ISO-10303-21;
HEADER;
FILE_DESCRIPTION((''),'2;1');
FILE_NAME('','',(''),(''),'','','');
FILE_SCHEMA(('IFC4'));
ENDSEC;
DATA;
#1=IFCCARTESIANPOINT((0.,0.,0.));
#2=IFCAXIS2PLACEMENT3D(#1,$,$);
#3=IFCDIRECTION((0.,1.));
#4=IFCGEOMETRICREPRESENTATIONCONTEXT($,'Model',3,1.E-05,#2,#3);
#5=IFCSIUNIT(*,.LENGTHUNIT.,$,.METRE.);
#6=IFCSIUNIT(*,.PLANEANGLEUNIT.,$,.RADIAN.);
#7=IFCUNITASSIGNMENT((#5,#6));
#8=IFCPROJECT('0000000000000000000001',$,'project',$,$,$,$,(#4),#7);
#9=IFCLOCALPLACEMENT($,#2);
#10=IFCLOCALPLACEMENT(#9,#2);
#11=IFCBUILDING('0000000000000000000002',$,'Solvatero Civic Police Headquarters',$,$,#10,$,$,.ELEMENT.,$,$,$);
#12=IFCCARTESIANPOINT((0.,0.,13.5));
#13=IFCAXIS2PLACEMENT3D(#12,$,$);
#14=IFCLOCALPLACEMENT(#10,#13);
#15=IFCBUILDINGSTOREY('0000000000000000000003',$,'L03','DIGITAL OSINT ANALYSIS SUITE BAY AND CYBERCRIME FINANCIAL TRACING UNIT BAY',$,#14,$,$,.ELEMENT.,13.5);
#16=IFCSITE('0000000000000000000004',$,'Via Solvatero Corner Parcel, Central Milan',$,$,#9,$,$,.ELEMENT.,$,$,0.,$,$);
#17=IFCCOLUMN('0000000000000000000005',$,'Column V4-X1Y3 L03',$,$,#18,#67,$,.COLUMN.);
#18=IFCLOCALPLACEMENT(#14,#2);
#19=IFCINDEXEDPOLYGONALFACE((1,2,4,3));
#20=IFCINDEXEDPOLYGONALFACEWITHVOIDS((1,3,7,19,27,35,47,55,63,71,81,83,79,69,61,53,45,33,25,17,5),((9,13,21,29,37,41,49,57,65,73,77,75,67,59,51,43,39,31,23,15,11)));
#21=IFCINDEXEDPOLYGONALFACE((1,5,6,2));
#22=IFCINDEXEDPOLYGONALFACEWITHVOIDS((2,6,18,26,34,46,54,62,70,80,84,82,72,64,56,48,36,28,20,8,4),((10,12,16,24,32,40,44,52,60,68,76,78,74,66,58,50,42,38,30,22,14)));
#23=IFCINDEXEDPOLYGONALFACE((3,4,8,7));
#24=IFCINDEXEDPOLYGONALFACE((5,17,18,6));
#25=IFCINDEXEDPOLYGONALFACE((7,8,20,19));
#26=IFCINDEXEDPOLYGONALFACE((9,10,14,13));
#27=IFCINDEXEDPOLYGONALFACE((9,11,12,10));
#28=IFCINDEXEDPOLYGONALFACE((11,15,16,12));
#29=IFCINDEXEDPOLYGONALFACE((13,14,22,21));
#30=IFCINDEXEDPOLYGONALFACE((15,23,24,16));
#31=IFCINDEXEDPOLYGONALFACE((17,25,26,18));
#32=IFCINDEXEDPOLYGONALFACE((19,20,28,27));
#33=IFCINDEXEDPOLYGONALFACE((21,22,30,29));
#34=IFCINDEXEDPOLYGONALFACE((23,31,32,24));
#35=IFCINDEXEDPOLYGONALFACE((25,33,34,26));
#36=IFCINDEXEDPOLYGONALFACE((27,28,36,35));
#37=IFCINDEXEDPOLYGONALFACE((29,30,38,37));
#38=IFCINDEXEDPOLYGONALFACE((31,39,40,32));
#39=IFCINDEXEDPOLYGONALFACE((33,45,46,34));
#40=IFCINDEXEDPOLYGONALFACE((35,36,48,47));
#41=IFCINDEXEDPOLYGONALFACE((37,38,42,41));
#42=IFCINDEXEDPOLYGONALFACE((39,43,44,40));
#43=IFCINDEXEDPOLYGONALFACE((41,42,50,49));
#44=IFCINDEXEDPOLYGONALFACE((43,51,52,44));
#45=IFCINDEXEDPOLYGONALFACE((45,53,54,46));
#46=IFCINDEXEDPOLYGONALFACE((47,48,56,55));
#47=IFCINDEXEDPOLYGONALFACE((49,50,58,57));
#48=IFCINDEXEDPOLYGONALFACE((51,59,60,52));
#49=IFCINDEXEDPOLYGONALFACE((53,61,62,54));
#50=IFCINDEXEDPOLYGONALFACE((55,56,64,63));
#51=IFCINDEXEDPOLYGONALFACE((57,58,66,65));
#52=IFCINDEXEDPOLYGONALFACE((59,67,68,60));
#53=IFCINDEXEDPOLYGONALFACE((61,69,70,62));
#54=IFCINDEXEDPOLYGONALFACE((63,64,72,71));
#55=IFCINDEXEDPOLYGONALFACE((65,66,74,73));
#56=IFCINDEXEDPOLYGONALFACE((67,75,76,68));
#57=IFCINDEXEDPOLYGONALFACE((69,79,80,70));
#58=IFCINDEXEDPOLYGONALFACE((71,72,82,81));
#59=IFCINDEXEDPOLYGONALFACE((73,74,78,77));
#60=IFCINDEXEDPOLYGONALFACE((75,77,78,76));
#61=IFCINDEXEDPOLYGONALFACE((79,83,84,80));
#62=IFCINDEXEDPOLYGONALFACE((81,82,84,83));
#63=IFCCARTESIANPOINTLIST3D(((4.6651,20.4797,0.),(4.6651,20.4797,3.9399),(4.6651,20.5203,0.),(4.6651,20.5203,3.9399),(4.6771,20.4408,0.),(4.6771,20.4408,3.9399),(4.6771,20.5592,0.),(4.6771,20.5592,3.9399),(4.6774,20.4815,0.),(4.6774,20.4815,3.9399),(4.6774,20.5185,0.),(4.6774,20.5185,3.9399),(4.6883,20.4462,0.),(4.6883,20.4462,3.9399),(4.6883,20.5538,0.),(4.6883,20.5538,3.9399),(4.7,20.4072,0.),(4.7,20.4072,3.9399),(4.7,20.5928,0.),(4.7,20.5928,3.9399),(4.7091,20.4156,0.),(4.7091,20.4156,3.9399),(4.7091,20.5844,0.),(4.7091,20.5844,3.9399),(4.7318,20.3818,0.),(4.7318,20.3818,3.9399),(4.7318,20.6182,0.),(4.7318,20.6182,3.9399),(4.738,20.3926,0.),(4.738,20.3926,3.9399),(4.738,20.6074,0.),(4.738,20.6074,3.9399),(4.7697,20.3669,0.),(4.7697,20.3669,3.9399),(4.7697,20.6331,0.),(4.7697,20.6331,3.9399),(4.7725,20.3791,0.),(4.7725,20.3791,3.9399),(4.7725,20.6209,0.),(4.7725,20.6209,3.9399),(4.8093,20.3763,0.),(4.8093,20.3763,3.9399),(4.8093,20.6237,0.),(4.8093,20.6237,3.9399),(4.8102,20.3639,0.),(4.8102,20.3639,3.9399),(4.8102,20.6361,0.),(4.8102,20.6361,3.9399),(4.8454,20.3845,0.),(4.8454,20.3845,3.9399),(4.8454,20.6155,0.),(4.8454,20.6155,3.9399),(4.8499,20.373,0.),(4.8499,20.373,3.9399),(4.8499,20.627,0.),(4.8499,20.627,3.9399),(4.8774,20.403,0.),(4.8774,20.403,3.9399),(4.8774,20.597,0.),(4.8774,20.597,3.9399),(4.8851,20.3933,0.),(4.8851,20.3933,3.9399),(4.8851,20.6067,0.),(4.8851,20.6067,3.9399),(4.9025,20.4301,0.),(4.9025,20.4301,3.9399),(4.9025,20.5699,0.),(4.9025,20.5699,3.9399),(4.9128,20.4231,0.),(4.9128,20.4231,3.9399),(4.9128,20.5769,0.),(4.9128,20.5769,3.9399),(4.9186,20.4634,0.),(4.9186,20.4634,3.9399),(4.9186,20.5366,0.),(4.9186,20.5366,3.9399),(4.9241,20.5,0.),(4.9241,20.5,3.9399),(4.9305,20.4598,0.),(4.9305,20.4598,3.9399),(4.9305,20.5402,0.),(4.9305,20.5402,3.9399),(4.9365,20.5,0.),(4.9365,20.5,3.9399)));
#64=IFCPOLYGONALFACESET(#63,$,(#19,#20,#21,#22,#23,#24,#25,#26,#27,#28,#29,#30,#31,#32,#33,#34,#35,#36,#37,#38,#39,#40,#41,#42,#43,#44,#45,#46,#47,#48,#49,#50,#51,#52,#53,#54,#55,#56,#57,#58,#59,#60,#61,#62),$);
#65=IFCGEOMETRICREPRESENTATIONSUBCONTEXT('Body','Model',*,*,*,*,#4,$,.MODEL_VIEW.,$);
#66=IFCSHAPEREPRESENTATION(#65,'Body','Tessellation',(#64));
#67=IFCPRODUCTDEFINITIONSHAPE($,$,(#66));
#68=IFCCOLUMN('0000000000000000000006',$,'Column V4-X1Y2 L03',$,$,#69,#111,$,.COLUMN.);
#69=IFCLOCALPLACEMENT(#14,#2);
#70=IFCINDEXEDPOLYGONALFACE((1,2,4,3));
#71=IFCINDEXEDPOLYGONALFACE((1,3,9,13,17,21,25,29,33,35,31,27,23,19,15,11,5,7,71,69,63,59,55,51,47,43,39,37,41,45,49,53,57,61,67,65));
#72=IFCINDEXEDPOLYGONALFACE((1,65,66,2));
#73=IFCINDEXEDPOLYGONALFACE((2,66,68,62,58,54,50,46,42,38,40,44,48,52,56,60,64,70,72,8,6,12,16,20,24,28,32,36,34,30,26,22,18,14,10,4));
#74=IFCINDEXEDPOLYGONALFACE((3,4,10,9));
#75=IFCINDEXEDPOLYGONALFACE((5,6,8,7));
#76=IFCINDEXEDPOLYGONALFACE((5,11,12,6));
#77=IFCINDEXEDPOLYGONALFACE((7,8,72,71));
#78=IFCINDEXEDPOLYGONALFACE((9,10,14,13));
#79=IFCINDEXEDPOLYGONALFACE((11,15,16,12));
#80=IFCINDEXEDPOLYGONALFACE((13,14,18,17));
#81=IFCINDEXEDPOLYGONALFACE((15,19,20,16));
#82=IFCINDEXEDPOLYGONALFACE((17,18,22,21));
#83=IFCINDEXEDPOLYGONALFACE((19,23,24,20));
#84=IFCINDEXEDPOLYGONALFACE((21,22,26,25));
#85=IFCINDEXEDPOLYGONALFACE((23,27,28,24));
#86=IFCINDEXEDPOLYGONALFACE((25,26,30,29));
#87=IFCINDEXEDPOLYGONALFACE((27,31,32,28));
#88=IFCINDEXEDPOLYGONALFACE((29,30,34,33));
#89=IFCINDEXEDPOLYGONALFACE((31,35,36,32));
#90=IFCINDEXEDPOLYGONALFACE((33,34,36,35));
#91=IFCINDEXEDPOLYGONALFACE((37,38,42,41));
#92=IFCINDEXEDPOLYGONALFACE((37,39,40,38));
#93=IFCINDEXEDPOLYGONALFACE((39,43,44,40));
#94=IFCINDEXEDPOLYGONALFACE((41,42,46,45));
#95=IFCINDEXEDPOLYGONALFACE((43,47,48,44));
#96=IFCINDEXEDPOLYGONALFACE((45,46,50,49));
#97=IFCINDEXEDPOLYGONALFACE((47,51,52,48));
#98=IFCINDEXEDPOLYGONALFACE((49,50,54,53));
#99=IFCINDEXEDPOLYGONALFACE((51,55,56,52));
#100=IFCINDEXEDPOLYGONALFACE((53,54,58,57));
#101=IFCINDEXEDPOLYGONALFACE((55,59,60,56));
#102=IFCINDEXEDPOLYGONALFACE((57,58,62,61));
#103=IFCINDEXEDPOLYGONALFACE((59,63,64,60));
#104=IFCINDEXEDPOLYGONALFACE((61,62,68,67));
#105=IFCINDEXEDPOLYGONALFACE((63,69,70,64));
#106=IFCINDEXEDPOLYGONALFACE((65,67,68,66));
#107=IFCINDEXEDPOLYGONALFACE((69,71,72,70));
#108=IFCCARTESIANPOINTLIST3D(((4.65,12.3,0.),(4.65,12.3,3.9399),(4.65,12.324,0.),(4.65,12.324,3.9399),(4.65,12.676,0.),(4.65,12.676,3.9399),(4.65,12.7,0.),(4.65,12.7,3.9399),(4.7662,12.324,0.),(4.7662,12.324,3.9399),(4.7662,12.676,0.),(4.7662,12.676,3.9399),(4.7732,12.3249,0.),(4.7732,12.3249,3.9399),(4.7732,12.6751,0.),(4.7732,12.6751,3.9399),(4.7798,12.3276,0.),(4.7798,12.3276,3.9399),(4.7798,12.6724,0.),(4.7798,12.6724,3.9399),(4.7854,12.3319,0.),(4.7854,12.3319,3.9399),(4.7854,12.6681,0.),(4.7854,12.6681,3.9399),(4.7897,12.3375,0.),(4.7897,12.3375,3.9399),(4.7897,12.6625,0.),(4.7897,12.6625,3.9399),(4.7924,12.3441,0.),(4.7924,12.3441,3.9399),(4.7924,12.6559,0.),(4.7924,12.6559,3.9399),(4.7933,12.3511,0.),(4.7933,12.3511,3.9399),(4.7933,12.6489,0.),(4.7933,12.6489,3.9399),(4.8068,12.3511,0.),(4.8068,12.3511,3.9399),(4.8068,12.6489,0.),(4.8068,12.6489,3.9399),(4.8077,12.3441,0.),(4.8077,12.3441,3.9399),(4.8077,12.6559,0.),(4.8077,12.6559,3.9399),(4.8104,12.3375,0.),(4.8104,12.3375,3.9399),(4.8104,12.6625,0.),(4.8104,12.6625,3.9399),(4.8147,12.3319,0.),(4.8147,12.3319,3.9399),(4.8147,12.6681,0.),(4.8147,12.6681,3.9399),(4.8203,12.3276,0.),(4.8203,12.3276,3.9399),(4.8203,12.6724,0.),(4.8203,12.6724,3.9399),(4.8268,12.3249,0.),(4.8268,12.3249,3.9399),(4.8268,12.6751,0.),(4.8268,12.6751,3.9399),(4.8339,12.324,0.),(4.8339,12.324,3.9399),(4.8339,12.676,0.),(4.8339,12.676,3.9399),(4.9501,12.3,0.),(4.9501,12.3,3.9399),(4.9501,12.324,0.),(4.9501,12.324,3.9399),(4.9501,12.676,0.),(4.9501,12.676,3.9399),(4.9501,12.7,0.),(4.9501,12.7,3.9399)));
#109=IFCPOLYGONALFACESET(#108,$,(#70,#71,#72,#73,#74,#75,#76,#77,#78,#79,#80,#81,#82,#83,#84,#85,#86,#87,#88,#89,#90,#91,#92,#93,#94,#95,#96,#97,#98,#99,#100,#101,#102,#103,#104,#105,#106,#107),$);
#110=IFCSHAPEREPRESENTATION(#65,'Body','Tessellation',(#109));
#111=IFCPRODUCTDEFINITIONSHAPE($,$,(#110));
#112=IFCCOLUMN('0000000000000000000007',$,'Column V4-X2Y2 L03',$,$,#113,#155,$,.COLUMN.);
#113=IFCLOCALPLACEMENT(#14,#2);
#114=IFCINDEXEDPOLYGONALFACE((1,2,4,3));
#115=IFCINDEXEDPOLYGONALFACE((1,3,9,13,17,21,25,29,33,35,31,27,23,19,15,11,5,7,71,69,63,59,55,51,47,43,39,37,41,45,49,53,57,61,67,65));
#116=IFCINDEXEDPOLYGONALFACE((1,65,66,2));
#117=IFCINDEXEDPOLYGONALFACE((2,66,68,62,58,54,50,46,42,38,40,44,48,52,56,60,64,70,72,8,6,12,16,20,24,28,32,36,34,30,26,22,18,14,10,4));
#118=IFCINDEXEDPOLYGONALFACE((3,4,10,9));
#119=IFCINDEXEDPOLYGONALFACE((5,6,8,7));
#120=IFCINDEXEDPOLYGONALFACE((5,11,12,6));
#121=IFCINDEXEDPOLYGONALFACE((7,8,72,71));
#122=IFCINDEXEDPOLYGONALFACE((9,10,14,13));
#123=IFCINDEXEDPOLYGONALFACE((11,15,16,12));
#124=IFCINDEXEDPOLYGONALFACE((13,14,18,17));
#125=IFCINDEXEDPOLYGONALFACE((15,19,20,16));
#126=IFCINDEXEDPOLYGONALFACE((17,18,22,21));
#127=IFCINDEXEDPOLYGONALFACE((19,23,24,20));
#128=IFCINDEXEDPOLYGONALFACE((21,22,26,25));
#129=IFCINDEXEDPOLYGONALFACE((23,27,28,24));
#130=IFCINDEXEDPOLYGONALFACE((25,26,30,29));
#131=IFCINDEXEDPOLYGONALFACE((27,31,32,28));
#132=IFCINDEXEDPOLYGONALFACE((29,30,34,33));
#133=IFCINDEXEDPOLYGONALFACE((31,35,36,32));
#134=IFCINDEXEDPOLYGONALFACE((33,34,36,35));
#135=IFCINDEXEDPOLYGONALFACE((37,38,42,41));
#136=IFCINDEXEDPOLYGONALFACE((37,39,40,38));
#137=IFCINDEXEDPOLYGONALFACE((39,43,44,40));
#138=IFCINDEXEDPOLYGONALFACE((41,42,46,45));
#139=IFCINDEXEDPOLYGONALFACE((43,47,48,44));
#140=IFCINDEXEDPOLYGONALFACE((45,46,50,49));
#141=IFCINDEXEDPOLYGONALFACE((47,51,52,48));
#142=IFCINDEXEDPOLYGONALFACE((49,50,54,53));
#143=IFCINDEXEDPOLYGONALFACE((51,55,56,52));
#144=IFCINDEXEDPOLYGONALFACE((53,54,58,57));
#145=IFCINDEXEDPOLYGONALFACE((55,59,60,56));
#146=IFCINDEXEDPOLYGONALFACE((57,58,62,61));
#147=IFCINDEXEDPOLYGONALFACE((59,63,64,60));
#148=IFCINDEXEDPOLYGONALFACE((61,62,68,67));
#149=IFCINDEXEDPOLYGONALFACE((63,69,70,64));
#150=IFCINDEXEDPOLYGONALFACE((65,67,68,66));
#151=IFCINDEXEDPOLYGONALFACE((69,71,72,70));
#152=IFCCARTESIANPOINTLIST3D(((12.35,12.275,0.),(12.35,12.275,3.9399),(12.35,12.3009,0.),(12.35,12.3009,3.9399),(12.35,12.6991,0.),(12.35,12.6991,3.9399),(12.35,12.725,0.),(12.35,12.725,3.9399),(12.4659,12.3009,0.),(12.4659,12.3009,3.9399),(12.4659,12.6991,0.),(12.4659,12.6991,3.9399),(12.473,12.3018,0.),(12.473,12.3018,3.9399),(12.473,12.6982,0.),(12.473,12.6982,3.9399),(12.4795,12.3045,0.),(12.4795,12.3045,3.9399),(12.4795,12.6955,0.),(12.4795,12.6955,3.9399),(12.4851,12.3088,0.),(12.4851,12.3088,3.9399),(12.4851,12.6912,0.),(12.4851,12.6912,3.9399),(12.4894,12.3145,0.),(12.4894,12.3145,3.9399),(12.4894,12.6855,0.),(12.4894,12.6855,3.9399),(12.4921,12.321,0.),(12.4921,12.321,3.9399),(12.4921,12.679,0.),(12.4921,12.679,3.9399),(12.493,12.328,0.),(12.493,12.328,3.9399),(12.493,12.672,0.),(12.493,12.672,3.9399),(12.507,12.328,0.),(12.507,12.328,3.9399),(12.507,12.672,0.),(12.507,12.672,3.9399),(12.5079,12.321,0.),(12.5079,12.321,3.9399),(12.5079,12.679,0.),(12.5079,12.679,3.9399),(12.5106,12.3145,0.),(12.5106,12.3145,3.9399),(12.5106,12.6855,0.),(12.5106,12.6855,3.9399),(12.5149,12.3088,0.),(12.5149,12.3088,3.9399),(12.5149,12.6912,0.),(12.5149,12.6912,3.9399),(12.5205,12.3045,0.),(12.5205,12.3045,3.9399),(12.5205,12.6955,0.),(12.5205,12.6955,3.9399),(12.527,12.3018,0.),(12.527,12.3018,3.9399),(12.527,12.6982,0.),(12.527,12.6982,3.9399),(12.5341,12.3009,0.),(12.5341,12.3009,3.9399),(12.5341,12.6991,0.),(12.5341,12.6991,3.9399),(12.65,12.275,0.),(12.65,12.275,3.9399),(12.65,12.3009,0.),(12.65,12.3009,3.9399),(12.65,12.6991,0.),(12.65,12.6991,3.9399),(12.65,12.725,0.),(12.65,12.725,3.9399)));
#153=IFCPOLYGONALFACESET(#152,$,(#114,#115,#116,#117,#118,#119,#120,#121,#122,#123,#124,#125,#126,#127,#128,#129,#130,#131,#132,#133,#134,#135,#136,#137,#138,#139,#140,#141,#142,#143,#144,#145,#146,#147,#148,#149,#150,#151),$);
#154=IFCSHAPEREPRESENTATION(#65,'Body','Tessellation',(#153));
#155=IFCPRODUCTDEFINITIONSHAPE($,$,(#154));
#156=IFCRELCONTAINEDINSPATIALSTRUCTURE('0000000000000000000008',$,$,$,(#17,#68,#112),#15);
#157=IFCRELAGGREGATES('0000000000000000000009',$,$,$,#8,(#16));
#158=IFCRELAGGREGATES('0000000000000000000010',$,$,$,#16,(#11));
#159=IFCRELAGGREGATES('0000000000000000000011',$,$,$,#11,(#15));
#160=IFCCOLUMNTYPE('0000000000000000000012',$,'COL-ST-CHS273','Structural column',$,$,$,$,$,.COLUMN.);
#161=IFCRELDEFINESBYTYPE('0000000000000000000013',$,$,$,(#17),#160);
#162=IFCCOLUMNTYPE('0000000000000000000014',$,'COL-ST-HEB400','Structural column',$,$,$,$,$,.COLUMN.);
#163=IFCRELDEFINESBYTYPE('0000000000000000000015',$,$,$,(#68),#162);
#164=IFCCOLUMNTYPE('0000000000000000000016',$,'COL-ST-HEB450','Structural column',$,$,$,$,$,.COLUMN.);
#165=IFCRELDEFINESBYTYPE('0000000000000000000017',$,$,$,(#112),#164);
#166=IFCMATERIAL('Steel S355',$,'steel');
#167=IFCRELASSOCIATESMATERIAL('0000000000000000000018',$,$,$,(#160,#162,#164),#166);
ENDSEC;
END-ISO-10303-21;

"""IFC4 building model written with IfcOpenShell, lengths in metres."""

from ifc_helpers import new_model, si_unit, direction, frame, origin, origin_2d, place, context, subcontext, project, spatial, hollow_circle, i_section, extrude, material, material_profile, profile_set, type_object, element, save


model = new_model("IFC4")

# Units and contexts
model_context = context("Model", 3, precision=1e-05, world=origin(), true_north=direction((0.0, 1.0)))
body_context = subcontext(model_context, "Body", "Model", "MODEL_VIEW")
ifc_project = project(units=[si_unit("LENGTHUNIT", "METRE"), si_unit("PLANEANGLEUNIT", "RADIAN")], contexts=[model_context])

# Site, building, storey
site_placement = place(None, origin())
site = spatial("IfcSite", under=ifc_project, at=site_placement, Name="Via Solvatero Corner Parcel, Central Milan", CompositionType="ELEMENT", RefElevation=0.0)
building_placement = place(site_placement, origin())
building = spatial("IfcBuilding", under=site, at=building_placement, Name="Solvatero Civic Police Headquarters", CompositionType="ELEMENT")
storey_placement = place(building_placement, frame((0.0, 0.0, 13.5)))
storey = spatial("IfcBuildingStorey", under=building, at=storey_placement, Name="L03", Description="DIGITAL OSINT ANALYSIS SUITE BAY AND CYBERCRIME FINANCIAL TRACING UNIT BAY", CompositionType="ELEMENT", Elevation=13.5)

# Columns
ifc_material_1 = material(Name="Steel S355", Category="steel")
ifc_material_profile_1 = material_profile(ifc_material_1, hollow_circle(Radius=0.1365, WallThickness=0.0125, at=origin_2d()), Name="CHS 273.0x12.5")
ifc_profile_set_1 = profile_set([ifc_material_profile_1], Name="Steel S355")
column_type_1 = type_object("IfcColumnType", Name="COL-ST-CHS273", Description="Structural column", PredefinedType="COLUMN", material=ifc_profile_set_1)
column_1_placement = place(storey_placement, frame((4.8, 20.5, 0.0), z_axis=(0.0, 0.0, 1.0), x_axis=(1.0, 0.0, 0.0)))
element("IfcColumn", 1, at=column_1_placement, inside=storey, type_object=column_type_1, Name="Column V4-X1Y3 L03", PredefinedType="COLUMN", context=body_context, shape_type="SweptSolid", body=[
    extrude(hollow_circle(Radius=0.1365, WallThickness=0.0125, at=origin_2d()), origin(), (0.0, 0.0, 1.0), 3.9399),
])
ifc_material_profile_2 = material_profile(ifc_material_1, i_section(OverallWidth=0.3, OverallDepth=0.3999, WebThickness=0.0134, FlangeThickness=0.0239, FilletRadius=0.0271, at=origin_2d()), Name="HEB 400")
ifc_profile_set_2 = profile_set([ifc_material_profile_2], Name="Steel S355")
column_type_2 = type_object("IfcColumnType", Name="COL-ST-HEB400", Description="Structural column", PredefinedType="COLUMN", material=ifc_profile_set_2)
column_2_placement = place(storey_placement, frame((4.8, 12.5, 0.0), z_axis=(0.0, 0.0, 1.0), x_axis=(1.0, 0.0, 0.0)))
element("IfcColumn", 2, at=column_2_placement, inside=storey, type_object=column_type_2, Name="Column V4-X1Y2 L03", PredefinedType="COLUMN", context=body_context, shape_type="SweptSolid", body=[
    extrude(i_section(OverallWidth=0.3, OverallDepth=0.3999, WebThickness=0.0134, FlangeThickness=0.0239, FilletRadius=0.0271, at=origin_2d()), origin(), (0.0, 0.0, 1.0), 3.9399),
])
ifc_material_profile_3 = material_profile(ifc_material_1, i_section(OverallWidth=0.3, OverallDepth=0.45, WebThickness=0.0139, FlangeThickness=0.0259, FilletRadius=0.0271, at=origin_2d()), Name="HEB 450")
ifc_profile_set_3 = profile_set([ifc_material_profile_3], Name="Steel S355")
column_type_3 = type_object("IfcColumnType", Name="COL-ST-HEB450", Description="Structural column", PredefinedType="COLUMN", material=ifc_profile_set_3)
column_3_placement = place(storey_placement, frame((12.5, 12.5, 0.0), z_axis=(0.0, 0.0, 1.0), x_axis=(1.0, 0.0, 0.0)))
element("IfcColumn", 3, at=column_3_placement, inside=storey, type_object=column_type_3, Name="Column V4-X2Y2 L03", PredefinedType="COLUMN", context=body_context, shape_type="SweptSolid", body=[
    extrude(i_section(OverallWidth=0.3, OverallDepth=0.45, WebThickness=0.0139, FlangeThickness=0.0259, FilletRadius=0.0271, at=origin_2d()), origin(), (0.0, 0.0, 1.0), 3.9399),
])

save(model, "model.ifc")
